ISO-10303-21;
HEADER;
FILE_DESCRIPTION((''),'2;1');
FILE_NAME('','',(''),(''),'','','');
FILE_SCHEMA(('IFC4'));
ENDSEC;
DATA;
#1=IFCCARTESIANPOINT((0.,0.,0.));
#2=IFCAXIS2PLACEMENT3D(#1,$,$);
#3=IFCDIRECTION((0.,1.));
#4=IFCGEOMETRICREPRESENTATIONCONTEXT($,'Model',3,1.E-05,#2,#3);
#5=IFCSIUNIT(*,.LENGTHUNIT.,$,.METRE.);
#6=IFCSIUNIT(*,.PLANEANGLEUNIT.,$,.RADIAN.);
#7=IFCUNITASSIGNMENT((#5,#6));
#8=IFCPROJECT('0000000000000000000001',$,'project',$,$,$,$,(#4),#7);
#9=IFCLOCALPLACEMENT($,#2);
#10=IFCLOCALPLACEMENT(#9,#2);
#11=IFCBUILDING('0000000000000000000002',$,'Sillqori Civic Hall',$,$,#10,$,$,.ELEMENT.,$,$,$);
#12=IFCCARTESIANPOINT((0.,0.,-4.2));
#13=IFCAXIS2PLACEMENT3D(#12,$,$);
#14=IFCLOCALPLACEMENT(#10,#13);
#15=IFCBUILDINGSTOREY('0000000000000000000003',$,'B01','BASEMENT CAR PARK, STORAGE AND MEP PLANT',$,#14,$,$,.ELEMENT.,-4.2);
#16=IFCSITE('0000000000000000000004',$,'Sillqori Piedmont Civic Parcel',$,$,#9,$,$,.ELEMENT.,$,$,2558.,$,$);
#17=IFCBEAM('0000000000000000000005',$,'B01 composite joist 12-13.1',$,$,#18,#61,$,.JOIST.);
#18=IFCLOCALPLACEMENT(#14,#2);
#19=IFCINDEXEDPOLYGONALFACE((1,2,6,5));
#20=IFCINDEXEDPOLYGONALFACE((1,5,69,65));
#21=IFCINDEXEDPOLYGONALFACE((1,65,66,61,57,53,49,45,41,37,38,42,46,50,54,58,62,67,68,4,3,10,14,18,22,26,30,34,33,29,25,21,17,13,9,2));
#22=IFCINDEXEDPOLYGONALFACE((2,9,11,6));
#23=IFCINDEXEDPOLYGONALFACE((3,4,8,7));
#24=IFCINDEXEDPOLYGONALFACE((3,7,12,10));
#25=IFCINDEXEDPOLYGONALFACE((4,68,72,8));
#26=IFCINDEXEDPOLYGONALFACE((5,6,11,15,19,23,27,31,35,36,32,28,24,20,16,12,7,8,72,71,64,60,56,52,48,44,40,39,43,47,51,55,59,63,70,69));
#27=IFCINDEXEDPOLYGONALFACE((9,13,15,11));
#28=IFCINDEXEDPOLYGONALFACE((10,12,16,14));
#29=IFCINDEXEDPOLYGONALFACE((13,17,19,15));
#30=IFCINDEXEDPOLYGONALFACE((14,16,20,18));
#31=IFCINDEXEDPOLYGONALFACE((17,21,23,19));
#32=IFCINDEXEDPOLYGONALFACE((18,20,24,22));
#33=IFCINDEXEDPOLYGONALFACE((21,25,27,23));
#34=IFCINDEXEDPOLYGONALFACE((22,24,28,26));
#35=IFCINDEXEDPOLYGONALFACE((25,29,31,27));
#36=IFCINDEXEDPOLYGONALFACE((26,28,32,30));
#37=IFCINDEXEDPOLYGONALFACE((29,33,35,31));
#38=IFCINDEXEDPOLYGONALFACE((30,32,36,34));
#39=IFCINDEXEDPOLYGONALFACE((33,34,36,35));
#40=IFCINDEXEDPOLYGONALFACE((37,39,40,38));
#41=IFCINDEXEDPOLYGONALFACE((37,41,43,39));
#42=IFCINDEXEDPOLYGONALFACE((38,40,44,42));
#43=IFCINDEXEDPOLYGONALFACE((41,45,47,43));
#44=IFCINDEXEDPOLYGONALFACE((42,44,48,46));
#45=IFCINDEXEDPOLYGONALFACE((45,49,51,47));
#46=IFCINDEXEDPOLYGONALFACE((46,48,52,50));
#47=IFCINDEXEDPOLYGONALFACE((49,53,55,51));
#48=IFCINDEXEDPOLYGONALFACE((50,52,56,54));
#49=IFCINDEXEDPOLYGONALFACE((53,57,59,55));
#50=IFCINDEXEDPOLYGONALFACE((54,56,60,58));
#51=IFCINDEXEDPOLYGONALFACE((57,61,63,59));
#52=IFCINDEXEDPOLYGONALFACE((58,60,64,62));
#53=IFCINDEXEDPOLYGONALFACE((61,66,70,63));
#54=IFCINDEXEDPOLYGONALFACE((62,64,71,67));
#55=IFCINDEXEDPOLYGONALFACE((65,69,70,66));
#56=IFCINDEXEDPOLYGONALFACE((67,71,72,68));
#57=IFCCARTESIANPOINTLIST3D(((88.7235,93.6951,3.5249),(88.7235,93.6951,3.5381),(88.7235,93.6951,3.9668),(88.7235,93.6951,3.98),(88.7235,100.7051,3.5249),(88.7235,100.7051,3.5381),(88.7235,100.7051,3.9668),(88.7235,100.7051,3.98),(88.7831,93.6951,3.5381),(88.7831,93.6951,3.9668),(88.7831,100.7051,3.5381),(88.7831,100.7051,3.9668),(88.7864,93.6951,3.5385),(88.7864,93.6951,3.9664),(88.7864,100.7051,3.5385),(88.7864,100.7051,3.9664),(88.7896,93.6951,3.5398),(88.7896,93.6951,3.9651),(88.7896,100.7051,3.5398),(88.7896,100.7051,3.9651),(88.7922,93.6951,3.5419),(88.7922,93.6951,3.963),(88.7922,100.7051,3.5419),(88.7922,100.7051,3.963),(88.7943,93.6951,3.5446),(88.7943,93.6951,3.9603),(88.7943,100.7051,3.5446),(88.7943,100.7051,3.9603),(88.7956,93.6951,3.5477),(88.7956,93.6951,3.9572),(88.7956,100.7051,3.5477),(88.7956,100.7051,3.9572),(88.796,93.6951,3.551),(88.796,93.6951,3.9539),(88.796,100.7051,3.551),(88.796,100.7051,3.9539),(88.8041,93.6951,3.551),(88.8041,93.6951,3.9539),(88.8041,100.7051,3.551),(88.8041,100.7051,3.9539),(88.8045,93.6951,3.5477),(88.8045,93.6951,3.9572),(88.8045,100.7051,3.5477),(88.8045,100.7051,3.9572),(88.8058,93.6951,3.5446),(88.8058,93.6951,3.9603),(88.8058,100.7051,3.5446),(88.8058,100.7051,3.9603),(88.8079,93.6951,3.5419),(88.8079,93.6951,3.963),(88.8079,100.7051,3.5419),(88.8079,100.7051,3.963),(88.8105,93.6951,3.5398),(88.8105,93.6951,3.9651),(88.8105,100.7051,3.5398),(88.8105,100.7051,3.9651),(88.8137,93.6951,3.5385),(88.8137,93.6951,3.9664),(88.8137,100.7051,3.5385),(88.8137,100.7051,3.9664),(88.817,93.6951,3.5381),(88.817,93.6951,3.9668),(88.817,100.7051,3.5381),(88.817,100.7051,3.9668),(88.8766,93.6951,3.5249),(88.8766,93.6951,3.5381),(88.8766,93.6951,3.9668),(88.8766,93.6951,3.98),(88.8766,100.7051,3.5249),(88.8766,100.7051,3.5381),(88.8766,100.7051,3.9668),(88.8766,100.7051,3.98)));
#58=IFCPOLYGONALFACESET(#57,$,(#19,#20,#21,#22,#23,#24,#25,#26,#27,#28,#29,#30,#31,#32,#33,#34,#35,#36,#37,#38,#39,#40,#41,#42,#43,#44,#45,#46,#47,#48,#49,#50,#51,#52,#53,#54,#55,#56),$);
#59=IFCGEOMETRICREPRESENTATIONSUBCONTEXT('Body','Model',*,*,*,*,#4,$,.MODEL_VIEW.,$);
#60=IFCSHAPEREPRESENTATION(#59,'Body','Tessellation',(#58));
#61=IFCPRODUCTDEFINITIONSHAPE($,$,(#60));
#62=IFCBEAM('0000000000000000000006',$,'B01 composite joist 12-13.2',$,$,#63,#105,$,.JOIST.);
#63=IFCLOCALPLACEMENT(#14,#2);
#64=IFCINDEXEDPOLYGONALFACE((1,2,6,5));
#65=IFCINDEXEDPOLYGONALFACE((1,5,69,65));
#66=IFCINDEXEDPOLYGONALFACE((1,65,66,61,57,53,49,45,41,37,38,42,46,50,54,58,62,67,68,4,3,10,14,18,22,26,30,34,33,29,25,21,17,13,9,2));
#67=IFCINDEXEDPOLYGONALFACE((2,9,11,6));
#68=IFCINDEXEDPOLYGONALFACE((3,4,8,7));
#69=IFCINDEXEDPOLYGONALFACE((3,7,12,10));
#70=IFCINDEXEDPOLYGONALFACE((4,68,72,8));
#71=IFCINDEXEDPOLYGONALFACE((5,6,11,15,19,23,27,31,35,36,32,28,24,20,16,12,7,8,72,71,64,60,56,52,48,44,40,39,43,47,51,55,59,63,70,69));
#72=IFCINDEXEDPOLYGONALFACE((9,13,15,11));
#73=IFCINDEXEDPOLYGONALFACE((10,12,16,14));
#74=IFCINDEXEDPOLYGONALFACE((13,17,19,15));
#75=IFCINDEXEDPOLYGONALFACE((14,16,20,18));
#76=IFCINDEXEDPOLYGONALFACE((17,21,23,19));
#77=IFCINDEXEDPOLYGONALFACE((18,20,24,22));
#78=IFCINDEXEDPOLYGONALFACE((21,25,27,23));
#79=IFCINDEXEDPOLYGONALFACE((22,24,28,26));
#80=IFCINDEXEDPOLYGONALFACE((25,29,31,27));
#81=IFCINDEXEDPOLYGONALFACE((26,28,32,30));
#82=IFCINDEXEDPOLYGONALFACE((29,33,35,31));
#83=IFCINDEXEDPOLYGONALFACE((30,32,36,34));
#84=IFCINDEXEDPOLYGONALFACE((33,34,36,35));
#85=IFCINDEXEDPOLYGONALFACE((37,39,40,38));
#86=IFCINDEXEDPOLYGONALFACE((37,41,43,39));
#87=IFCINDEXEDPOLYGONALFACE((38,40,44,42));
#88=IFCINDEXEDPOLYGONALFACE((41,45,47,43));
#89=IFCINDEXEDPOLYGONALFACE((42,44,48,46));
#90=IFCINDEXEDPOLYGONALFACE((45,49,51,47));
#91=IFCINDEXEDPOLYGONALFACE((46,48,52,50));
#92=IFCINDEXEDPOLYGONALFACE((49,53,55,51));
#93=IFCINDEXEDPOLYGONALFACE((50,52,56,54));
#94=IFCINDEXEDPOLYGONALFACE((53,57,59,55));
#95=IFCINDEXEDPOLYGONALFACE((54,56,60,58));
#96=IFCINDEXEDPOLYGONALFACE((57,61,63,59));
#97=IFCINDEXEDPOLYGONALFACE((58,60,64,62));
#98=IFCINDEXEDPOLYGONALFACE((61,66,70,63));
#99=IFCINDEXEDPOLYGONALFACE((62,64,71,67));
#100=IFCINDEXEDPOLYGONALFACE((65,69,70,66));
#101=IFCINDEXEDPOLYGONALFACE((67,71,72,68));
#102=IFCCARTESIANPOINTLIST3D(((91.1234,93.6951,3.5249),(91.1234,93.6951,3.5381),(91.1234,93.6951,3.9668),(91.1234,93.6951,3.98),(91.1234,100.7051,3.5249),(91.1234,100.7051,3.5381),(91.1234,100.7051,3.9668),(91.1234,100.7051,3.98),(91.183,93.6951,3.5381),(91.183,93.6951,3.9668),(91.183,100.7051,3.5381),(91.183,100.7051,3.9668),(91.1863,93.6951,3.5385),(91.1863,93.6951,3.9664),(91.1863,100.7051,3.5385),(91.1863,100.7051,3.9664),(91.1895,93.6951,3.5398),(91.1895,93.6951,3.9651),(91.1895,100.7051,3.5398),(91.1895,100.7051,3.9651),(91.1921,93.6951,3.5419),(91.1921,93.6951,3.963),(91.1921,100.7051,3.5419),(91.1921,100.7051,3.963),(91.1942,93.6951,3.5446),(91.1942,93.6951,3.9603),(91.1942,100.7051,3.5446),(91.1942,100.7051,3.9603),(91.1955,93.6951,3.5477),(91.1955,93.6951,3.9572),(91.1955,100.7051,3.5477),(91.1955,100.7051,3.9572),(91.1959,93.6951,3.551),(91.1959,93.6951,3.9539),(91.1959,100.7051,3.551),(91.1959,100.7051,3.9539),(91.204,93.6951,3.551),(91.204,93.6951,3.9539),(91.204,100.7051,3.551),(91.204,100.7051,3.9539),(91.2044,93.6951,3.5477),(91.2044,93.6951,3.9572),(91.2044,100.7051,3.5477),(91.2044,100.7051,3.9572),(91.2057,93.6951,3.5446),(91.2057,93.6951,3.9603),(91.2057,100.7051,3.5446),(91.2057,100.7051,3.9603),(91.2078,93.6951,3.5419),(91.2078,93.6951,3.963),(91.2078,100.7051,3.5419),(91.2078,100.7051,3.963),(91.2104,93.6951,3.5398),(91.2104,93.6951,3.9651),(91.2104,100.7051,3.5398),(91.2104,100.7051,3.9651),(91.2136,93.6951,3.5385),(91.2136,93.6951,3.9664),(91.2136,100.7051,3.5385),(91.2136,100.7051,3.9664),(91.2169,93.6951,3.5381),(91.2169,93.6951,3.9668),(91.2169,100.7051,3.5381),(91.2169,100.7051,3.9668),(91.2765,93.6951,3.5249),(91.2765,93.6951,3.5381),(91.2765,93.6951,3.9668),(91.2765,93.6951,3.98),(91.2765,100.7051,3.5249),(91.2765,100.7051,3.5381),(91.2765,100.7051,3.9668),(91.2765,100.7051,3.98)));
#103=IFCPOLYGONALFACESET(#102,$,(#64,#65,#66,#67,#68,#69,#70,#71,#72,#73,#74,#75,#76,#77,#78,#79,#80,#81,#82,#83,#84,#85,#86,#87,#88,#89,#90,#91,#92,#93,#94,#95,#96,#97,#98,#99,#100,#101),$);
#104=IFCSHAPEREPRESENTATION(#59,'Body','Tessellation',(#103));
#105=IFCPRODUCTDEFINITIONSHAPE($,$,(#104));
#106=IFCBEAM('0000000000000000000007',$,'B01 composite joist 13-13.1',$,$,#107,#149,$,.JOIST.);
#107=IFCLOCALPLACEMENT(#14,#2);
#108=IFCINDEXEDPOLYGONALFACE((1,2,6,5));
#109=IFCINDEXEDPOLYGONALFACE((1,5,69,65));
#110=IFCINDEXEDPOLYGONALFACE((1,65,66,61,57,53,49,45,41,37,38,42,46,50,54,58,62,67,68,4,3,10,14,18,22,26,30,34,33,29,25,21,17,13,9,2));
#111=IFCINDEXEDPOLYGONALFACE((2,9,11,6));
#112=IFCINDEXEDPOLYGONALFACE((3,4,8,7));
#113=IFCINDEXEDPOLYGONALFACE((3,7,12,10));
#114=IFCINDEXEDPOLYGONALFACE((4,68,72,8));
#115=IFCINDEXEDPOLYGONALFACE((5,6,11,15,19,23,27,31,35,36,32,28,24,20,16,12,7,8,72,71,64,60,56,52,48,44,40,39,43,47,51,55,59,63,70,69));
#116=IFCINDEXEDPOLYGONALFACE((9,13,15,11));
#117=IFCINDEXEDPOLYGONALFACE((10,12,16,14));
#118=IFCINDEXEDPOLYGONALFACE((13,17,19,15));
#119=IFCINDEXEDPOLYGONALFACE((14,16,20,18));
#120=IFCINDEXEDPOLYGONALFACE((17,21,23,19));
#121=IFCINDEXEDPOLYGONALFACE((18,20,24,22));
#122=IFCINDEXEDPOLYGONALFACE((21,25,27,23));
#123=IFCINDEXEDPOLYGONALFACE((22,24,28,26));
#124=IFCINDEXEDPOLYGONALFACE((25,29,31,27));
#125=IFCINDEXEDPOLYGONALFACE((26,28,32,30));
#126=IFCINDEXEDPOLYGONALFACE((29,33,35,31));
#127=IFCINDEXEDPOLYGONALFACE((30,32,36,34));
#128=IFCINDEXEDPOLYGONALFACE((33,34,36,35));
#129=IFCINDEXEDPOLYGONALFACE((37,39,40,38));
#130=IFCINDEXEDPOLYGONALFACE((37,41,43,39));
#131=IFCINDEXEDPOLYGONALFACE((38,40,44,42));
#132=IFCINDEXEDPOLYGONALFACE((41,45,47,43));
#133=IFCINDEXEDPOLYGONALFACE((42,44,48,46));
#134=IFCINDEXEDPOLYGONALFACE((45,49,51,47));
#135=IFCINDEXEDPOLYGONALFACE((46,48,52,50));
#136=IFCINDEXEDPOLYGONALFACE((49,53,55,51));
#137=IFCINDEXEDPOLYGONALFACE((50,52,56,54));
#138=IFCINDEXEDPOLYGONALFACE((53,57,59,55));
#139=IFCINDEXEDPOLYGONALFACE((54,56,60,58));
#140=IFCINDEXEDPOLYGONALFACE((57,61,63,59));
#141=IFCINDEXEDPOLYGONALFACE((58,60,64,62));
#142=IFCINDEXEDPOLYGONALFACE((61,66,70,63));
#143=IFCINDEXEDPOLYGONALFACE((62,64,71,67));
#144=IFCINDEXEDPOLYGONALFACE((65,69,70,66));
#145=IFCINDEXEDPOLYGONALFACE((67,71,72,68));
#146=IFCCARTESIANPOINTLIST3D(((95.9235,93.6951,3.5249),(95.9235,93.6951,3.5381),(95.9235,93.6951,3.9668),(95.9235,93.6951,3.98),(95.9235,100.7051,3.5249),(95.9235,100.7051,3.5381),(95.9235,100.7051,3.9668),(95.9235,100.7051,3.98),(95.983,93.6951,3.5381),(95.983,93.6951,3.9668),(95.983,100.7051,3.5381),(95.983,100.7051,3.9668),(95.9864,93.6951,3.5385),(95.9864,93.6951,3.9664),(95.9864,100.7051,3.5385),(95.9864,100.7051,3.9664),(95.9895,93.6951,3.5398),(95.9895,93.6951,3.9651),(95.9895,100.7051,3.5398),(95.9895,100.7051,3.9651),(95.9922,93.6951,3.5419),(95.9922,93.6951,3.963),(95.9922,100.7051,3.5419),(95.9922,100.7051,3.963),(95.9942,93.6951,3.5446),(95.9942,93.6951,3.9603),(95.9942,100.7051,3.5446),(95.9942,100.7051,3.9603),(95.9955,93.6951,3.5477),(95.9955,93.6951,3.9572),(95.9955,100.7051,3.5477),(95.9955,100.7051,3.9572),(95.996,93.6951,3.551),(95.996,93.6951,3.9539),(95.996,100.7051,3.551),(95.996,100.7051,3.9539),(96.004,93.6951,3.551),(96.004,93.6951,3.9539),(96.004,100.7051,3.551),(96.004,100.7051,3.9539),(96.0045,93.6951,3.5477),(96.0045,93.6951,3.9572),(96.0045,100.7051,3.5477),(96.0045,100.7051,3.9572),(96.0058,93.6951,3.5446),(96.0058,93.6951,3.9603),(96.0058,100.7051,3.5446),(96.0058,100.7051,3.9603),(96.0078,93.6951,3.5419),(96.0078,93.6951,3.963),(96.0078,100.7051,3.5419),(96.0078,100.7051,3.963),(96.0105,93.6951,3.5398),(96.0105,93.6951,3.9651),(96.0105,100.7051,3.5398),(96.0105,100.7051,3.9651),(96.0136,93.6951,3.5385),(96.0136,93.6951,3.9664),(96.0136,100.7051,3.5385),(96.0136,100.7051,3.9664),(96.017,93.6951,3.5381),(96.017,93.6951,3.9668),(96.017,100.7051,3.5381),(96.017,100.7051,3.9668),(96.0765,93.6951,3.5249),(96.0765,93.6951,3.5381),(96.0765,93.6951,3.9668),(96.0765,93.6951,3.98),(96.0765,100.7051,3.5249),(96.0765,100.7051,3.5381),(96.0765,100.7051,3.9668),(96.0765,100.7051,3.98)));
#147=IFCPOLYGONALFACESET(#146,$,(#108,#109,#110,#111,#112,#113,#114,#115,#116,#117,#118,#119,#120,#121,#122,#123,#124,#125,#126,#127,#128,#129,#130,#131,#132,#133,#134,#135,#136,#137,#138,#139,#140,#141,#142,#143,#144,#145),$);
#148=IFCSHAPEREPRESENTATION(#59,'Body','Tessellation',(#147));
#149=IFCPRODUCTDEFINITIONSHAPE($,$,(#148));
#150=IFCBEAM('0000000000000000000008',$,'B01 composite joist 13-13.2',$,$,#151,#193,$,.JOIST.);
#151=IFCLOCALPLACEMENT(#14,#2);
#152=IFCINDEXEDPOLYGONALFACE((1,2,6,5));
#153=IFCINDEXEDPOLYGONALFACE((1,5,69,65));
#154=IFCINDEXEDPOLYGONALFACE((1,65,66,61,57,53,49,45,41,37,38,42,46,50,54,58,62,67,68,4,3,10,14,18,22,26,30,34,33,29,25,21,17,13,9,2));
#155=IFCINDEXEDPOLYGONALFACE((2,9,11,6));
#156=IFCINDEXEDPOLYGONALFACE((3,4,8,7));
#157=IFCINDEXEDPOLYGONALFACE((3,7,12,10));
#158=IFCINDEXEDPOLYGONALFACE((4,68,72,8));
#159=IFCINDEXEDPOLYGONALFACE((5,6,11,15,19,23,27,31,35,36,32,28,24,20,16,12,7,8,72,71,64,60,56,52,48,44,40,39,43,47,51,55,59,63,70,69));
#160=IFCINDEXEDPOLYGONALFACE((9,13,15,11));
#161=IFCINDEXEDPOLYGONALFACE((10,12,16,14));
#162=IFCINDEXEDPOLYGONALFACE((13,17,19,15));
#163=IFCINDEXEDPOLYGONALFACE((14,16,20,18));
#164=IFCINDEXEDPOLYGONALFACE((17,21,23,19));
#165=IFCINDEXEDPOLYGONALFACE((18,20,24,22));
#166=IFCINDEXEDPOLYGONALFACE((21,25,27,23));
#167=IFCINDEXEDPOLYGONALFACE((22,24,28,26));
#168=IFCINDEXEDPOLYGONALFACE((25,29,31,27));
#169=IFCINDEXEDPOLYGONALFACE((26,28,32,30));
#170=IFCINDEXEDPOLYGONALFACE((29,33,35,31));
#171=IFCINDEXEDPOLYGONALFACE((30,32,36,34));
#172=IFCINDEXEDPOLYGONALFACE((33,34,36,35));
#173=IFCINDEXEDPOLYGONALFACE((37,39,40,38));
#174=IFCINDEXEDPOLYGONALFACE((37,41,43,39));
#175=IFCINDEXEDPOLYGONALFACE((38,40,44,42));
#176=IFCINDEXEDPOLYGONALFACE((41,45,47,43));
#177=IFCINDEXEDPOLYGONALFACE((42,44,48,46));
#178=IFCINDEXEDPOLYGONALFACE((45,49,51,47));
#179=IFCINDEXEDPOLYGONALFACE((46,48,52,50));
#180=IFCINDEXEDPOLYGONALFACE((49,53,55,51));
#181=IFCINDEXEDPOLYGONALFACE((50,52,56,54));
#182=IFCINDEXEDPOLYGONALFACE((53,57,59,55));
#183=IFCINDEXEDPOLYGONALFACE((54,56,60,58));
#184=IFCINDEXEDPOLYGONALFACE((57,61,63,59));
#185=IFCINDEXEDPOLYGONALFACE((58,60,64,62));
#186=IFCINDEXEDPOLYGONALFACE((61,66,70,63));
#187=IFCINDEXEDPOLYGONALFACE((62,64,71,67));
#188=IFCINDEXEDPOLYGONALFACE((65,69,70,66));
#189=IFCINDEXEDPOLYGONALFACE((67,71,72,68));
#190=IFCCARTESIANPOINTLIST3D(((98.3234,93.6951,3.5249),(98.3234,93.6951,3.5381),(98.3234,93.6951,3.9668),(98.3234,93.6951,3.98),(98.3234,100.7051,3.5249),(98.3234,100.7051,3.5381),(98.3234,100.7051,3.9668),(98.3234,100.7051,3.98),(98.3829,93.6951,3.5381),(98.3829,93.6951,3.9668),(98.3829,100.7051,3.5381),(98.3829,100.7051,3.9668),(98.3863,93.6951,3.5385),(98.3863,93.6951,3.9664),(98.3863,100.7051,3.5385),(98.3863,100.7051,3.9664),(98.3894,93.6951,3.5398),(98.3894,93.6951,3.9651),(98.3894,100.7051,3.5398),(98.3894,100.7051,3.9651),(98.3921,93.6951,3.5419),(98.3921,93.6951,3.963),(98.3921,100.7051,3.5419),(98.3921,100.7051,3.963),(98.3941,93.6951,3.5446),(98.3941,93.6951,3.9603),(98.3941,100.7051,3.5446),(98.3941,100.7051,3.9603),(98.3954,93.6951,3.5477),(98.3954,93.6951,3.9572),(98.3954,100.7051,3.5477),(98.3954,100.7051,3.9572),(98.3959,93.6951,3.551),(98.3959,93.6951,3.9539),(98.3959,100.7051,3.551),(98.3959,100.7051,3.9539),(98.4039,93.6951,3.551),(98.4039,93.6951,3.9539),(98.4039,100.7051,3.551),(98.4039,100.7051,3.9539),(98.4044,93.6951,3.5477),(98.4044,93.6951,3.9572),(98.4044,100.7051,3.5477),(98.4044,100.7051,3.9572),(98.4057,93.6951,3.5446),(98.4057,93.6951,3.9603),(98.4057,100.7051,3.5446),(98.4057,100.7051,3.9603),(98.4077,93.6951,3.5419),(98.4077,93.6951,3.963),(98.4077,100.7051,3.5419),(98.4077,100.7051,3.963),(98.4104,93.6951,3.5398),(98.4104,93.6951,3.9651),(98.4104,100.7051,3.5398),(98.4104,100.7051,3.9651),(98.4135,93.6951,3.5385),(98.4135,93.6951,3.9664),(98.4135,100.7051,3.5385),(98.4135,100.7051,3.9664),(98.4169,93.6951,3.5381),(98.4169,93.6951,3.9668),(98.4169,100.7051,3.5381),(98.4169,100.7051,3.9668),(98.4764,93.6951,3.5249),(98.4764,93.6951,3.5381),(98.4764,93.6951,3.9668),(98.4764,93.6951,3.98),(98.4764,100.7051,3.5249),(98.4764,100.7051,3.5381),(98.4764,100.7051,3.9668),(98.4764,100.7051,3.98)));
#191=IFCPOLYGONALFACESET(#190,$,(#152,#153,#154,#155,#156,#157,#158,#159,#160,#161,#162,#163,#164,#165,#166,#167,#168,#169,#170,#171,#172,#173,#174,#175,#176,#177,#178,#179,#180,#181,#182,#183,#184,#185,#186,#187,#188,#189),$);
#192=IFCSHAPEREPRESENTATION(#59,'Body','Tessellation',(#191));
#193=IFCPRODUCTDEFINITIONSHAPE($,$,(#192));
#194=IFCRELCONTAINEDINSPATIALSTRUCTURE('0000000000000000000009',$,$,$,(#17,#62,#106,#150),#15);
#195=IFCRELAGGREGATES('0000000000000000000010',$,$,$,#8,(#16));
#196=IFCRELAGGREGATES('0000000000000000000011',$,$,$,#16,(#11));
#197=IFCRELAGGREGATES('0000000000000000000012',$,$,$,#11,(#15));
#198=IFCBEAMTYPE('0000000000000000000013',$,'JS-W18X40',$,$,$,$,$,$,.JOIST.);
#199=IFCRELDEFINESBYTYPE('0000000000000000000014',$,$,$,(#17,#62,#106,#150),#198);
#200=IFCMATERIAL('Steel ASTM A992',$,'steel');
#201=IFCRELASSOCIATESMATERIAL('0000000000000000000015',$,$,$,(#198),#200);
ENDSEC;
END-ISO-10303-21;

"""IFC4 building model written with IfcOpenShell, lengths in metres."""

from ifc_helpers import new_model, si_unit, direction, frame, origin, origin_2d, place, context, subcontext, project, spatial, i_section, extrude, material, material_profile, profile_set, type_object, element, save


model = new_model("IFC4")

# Units and contexts
model_context = context("Model", 3, precision=1e-05, world=origin(), true_north=direction((0.0, 1.0)))
body_context = subcontext(model_context, "Body", "Model", "MODEL_VIEW")
ifc_project = project(units=[si_unit("LENGTHUNIT", "METRE"), si_unit("PLANEANGLEUNIT", "RADIAN")], contexts=[model_context])

# Site, building, storey
site_placement = place(None, origin())
site = spatial("IfcSite", under=ifc_project, at=site_placement, Name="Sillqori Piedmont Civic Parcel", CompositionType="ELEMENT", RefElevation=2558.0)
building_placement = place(site_placement, origin())
building = spatial("IfcBuilding", under=site, at=building_placement, Name="Sillqori Civic Hall", CompositionType="ELEMENT")
storey_placement = place(building_placement, frame((0.0, 0.0, -4.2)))
storey = spatial("IfcBuildingStorey", under=building, at=storey_placement, Name="B01", Description="BASEMENT CAR PARK, STORAGE AND MEP PLANT", CompositionType="ELEMENT", Elevation=-4.2)

# Shared definitions
ifc_material_1 = material(Name="Steel ASTM A992", Category="steel")

# Beams
ifc_material_profile_1 = material_profile(ifc_material_1, i_section(OverallWidth=0.1531, OverallDepth=0.4551, WebThickness=0.0081, FlangeThickness=0.0132, FilletRadius=0.0129, at=origin_2d()), Name="W18X40")
ifc_profile_set_1 = profile_set([ifc_material_profile_1], Name="Steel ASTM A992")
beam_type_1 = type_object("IfcBeamType", Name="JS-W18X40", PredefinedType="JOIST", material=ifc_profile_set_1)
for number, where, z_axis, x_axis, name in (
    (1, (88.8, 93.6951, 3.7524), (0.0, 1.0, 0.0), (-1.0, 0.0, 0.0), "B01 composite joist 12-13.1"),
    (2, (91.2, 93.6951, 3.7524), (0.0, 1.0, 0.0), (-1.0, 0.0, 0.0), "B01 composite joist 12-13.2"),
    (3, (96.0, 93.6951, 3.7524), (0.0, 1.0, 0.0), (-1.0, 0.0, 0.0), "B01 composite joist 13-13.1"),
    (4, (98.3999, 93.6951, 3.7524), (0.0, 1.0, 0.0), (-1.0, 0.0, 0.0), "B01 composite joist 13-13.2"),
):
    element("IfcBeam", number, at=place(storey_placement, frame(where, z_axis=z_axis, x_axis=x_axis)), inside=storey, type_object=beam_type_1, Name=name, PredefinedType="JOIST", context=body_context, shape_type="SweptSolid", body=[
        extrude(i_section(OverallWidth=0.1531, OverallDepth=0.4551, WebThickness=0.0081, FlangeThickness=0.0132, FilletRadius=0.0129, at=origin_2d()), origin(), (0.0, 0.0, 1.0), 7.01),
    ])

save(model, "model.ifc")
